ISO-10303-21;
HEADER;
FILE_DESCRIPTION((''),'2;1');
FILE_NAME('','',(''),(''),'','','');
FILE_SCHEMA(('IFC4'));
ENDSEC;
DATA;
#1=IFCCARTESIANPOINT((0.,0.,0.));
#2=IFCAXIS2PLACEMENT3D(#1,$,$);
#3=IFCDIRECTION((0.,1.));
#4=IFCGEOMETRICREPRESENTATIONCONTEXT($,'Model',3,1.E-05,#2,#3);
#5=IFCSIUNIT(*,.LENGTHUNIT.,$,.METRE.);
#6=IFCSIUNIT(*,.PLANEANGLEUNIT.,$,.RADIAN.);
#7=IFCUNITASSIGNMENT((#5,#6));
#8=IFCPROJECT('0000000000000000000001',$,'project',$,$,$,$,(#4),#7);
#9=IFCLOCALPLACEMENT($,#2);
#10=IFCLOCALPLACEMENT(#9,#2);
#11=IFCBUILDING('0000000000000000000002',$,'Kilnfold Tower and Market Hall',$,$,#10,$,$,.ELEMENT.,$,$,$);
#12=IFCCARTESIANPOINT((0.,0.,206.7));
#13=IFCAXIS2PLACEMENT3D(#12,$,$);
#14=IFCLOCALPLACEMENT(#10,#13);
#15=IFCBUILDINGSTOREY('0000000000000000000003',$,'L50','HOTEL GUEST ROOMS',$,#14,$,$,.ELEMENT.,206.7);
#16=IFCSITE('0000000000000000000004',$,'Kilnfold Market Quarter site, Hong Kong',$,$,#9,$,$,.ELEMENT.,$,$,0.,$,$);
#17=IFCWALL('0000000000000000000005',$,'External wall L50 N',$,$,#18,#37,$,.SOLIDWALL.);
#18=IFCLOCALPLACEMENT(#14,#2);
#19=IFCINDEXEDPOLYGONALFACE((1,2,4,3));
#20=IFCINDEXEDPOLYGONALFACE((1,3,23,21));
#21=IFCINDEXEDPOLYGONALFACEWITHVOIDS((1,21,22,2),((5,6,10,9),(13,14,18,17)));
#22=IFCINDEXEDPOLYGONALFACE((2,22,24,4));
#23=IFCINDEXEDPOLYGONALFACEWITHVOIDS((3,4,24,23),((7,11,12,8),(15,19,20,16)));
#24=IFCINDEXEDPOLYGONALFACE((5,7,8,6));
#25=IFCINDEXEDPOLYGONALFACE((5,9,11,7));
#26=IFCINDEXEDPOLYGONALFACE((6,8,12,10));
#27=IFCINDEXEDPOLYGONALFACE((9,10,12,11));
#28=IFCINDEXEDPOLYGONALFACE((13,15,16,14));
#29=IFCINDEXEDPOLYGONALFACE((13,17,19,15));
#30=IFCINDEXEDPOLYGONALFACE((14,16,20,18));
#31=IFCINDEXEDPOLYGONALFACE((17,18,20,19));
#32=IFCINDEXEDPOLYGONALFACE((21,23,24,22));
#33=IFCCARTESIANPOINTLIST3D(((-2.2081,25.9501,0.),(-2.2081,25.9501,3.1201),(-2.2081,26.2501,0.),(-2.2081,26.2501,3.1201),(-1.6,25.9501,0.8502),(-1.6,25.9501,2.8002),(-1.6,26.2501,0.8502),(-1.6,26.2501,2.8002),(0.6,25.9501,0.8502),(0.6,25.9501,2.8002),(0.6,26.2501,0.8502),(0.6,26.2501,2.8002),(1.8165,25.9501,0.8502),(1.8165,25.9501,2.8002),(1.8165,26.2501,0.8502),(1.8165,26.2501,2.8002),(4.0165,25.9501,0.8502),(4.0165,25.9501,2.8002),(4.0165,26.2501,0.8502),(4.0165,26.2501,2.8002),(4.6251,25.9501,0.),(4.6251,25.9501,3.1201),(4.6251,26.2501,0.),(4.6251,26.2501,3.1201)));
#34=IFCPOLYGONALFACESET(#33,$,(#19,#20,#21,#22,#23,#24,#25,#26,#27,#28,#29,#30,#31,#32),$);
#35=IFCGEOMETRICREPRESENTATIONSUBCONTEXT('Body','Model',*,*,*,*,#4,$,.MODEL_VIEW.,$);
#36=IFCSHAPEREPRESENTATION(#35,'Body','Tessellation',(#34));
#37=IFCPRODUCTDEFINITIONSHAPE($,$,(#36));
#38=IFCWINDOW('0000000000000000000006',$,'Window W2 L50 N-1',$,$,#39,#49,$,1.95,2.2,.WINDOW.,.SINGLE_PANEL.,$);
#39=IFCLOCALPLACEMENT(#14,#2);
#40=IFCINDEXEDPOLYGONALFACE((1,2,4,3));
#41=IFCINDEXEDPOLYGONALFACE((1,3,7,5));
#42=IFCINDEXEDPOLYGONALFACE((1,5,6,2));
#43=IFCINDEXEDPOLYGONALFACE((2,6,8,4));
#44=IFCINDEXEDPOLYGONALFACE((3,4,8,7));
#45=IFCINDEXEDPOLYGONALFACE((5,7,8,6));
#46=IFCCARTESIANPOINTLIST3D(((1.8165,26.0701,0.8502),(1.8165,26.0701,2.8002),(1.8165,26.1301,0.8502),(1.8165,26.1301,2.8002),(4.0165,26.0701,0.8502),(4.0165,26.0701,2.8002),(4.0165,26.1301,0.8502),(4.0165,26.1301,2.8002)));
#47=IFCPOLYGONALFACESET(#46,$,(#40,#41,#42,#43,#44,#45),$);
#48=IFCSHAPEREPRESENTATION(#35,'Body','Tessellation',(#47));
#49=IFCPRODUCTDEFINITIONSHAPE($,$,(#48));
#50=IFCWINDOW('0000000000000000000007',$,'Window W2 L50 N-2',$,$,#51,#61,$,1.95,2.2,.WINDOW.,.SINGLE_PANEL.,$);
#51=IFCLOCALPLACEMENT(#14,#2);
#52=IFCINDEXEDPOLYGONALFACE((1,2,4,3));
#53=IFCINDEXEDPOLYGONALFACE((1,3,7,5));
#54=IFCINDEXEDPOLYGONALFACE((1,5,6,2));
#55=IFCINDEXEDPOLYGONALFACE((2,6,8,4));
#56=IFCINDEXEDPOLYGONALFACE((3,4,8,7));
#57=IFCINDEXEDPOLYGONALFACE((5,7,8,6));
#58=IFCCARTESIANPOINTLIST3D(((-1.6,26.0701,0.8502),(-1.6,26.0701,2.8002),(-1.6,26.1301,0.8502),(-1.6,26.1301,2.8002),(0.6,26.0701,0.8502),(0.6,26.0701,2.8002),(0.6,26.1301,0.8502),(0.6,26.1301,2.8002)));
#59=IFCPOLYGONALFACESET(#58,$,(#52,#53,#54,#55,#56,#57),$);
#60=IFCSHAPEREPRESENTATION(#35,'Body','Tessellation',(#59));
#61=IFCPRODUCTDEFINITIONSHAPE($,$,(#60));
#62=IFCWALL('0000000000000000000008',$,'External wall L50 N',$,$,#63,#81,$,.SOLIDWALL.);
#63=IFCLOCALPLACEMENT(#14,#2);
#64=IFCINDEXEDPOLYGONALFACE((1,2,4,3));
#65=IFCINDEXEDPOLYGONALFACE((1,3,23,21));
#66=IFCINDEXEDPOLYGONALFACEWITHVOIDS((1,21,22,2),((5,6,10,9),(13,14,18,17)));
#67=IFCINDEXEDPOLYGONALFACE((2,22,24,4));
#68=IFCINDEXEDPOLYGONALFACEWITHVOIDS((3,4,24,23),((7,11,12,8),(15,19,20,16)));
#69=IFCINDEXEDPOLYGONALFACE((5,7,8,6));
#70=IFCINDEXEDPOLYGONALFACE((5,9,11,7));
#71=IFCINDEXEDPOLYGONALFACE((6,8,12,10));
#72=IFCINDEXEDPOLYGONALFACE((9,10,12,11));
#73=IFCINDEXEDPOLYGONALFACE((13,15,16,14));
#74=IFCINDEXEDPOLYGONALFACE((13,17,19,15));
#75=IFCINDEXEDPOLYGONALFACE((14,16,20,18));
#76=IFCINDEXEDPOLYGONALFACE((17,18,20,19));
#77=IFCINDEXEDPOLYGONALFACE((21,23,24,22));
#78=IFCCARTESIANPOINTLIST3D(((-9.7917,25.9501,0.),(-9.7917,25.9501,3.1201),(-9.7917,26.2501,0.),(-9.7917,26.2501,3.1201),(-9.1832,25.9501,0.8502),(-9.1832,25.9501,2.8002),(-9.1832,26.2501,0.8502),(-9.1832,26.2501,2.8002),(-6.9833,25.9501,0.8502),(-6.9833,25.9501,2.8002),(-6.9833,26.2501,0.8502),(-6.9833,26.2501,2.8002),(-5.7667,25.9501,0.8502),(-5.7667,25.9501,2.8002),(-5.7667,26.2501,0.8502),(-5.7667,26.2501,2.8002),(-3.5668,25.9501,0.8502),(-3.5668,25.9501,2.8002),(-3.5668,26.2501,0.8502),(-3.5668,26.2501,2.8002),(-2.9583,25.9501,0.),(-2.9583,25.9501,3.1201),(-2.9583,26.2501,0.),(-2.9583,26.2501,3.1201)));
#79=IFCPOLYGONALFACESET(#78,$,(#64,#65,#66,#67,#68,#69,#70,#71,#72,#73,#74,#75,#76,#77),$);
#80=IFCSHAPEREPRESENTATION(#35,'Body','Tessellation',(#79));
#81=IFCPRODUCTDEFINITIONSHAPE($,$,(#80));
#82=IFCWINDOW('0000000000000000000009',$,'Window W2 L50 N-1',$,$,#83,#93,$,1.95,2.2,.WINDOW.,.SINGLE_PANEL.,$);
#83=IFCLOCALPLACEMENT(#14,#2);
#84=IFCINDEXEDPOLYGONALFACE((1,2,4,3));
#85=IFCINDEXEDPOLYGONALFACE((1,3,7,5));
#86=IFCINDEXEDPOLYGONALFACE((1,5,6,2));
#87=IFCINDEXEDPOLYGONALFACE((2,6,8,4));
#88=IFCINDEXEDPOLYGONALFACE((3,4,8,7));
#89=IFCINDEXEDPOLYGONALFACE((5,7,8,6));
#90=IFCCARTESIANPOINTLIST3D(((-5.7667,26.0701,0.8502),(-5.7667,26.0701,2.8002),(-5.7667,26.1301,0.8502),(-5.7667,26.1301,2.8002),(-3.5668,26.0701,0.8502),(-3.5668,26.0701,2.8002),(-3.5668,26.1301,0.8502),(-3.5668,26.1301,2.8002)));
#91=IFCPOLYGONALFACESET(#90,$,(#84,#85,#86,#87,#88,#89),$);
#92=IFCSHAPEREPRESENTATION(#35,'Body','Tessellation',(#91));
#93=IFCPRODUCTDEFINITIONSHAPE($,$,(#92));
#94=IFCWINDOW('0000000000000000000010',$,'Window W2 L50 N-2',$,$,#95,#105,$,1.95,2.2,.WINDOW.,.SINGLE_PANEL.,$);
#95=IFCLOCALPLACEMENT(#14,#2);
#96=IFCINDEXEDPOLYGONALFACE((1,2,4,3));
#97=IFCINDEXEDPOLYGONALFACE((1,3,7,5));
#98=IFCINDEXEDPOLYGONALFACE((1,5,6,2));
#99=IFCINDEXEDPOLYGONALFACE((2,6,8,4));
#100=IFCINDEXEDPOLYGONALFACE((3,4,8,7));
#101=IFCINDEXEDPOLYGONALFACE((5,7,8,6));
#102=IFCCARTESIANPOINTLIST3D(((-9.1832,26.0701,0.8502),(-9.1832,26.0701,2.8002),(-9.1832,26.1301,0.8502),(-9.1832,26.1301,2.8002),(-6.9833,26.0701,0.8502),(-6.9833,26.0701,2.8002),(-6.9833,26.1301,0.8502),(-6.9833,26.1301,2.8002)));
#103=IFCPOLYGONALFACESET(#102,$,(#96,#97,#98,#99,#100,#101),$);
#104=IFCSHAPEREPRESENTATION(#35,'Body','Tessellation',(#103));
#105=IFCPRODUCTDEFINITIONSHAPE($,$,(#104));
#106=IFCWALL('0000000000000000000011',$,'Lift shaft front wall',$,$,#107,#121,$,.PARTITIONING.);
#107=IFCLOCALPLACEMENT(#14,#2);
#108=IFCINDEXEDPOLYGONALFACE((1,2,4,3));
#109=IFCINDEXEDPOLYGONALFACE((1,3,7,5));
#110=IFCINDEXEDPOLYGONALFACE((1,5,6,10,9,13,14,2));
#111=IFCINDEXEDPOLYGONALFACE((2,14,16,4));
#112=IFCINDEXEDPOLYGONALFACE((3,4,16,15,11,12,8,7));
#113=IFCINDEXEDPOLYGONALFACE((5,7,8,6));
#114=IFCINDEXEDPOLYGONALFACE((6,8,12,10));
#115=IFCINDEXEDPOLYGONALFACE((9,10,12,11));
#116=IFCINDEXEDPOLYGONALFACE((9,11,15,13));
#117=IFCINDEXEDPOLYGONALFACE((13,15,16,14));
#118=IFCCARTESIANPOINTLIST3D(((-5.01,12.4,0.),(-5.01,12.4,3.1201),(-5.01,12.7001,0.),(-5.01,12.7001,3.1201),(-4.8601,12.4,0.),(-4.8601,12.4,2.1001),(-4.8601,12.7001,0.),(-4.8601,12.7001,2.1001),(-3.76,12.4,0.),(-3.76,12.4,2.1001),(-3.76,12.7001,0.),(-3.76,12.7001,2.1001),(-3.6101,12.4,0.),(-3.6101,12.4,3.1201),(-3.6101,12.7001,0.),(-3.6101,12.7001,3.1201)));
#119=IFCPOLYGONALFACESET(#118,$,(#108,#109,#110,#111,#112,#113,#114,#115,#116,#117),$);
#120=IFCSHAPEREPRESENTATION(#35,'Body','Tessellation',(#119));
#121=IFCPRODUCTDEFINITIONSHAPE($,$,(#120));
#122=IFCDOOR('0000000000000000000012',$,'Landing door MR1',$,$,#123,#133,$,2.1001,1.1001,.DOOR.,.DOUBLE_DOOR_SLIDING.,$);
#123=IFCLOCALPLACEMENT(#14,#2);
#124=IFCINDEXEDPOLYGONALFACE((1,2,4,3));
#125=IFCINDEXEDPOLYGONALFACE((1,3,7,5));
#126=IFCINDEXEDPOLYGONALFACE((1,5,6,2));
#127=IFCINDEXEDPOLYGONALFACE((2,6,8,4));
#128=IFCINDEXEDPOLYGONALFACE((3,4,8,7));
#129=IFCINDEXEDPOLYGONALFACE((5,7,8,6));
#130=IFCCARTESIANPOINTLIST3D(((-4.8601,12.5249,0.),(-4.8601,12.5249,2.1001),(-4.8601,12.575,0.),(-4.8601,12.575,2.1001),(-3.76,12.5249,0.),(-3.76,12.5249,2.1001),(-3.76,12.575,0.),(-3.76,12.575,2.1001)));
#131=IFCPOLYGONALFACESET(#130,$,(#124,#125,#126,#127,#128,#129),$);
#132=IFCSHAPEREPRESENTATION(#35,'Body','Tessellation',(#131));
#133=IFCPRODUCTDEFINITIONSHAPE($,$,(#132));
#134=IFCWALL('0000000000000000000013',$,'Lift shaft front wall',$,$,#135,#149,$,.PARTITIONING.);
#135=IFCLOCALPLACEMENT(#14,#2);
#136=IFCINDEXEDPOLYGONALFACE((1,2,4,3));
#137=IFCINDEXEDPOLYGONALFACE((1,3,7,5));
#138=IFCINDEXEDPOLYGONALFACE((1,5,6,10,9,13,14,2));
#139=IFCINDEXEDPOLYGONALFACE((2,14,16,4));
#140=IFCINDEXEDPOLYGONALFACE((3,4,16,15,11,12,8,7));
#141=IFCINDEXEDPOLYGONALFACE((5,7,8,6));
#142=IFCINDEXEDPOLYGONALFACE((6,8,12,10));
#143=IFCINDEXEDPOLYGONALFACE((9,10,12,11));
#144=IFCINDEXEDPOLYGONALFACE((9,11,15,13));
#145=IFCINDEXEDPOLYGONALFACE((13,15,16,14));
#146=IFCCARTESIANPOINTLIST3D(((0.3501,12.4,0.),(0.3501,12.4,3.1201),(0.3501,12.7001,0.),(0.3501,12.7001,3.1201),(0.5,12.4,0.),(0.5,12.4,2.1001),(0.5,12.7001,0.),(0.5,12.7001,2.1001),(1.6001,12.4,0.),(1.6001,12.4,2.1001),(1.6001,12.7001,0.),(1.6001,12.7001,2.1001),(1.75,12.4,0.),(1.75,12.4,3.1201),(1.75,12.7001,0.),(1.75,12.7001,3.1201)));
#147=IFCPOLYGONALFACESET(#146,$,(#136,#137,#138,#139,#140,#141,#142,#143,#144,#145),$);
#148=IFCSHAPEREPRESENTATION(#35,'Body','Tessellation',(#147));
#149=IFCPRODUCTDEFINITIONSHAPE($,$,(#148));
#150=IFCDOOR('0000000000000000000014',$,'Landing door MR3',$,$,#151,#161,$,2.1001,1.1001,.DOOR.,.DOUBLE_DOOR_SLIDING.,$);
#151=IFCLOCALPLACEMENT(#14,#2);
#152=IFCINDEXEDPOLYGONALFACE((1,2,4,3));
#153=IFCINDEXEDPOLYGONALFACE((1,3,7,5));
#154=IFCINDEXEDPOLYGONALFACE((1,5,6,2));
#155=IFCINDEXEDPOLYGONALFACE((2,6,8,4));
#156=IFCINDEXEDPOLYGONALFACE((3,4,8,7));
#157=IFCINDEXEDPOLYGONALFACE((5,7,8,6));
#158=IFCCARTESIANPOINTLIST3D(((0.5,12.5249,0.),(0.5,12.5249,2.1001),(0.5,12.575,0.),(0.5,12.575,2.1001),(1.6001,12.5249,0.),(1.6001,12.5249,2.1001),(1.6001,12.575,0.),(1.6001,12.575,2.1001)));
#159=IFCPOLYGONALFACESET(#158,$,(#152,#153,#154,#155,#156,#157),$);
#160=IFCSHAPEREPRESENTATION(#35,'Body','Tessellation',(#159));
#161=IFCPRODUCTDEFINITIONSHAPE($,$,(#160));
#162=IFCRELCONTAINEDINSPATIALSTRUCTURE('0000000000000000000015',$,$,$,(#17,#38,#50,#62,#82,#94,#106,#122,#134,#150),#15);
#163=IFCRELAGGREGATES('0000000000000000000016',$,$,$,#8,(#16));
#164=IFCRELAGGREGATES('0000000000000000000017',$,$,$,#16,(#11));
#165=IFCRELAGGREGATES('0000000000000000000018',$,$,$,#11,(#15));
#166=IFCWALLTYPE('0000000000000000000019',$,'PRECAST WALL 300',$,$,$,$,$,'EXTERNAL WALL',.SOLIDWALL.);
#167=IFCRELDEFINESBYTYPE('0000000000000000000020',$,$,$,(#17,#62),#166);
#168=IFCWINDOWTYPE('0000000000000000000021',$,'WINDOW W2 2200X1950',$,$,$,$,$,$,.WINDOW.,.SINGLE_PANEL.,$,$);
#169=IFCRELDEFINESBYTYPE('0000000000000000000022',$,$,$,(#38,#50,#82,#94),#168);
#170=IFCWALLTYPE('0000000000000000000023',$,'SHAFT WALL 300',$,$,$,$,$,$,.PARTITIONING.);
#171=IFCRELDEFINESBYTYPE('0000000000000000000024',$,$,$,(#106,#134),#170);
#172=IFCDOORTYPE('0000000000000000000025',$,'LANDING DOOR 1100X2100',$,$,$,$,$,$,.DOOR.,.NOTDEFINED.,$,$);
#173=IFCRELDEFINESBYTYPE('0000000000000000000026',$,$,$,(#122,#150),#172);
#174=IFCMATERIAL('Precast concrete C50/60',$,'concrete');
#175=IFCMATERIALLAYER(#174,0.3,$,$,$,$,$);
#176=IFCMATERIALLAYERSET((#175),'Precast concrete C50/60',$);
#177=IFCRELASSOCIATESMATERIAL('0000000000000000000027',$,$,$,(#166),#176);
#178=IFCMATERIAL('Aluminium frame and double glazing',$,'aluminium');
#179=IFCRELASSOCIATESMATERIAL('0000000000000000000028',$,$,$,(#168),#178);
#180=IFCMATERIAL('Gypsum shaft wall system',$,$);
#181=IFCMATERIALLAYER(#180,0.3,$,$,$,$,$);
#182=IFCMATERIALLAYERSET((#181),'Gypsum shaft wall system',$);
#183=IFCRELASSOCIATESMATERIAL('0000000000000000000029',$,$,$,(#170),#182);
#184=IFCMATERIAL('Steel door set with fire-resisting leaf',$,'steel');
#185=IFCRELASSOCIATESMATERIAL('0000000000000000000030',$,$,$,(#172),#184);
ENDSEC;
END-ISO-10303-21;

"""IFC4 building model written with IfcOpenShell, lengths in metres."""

from ifc_helpers import new_model, si_unit, direction, frame, frame_2d, origin, place, context, subcontext, project, spatial, rectangle, extrude, source, transform, mapped, material, layer, layer_set, type_object, element, fill, save


model = new_model("IFC4")

# Units and contexts
model_context = context("Model", 3, precision=1e-05, world=origin(), true_north=direction((0.0, 1.0)))
body_context = subcontext(model_context, "Body", "Model", "MODEL_VIEW")
ifc_project = project(units=[si_unit("LENGTHUNIT", "METRE"), si_unit("PLANEANGLEUNIT", "RADIAN")], contexts=[model_context])

# Site, building, storey
site_placement = place(None, origin())
site = spatial("IfcSite", under=ifc_project, at=site_placement, Name="Kilnfold Market Quarter site, Hong Kong", CompositionType="ELEMENT", RefElevation=0.0)
building_placement = place(site_placement, origin())
building = spatial("IfcBuilding", under=site, at=building_placement, Name="Kilnfold Tower and Market Hall", CompositionType="ELEMENT")
storey_placement = place(building_placement, frame((0.0, 0.0, 206.7)))
storey = spatial("IfcBuildingStorey", under=building, at=storey_placement, Name="L50", Description="HOTEL GUEST ROOMS", CompositionType="ELEMENT", Elevation=206.7)

# Walls, openings, windows
ifc_material_1 = material(Name="Precast concrete C50/60", Category="concrete")
ifc_layer_1 = layer(ifc_material_1, 0.3)
ifc_layer_set_1 = layer_set([ifc_layer_1], Name="Precast concrete C50/60")
wall_type_1 = type_object("IfcWallType", Name="PRECAST WALL 300", ElementType="EXTERNAL WALL", PredefinedType="SOLIDWALL", material=ifc_layer_set_1)
shared_shape_1 = source(origin(), body_context, "Body", "SweptSolid", [
    extrude(rectangle(XDim=6.8333, YDim=0.3, at=frame_2d((3.4165, 0.0))), origin(), (0.0, 0.0, 1.0), 3.1201),
])
wall_1_placement = place(storey_placement, frame((4.625, 26.1001, 0.0), z_axis=(0.0, 0.0, 1.0), x_axis=(-1.0, 0.0, 0.0)))
wall_1 = element("IfcWall", 1, at=wall_1_placement, inside=storey, type_object=wall_type_1, Name="External wall L50 N", PredefinedType="SOLIDWALL", context=body_context, shape_type="MappedRepresentation", body=[
    mapped(shared_shape_1, transform((0.0, 0.0, 0.0))),
])
opening_1_placement = place(wall_1_placement, frame((0.6084, 0.0, 0.8501)))
opening_1 = element("IfcOpeningElement", 2, at=opening_1_placement, cuts=wall_1, PredefinedType="OPENING", context=body_context, shape_type="SweptSolid", body=[
    extrude(rectangle(XDim=2.2, YDim=1.95, at=frame_2d((1.1001, 0.9751))), frame((0.0, 0.1602, 0.0), z_axis=(0.0, -1.0, 0.0), x_axis=(1.0, 0.0, 0.0)), (0.0, 0.0, 1.0), 0.3201),
])
opening_2_placement = place(wall_1_placement, frame((4.0249, 0.0, 0.8501)))
opening_2 = element("IfcOpeningElement", 3, at=opening_2_placement, cuts=wall_1, PredefinedType="OPENING", context=body_context, shape_type="SweptSolid", body=[
    extrude(rectangle(XDim=2.2, YDim=1.95, at=frame_2d((1.1001, 0.9751))), frame((0.0, 0.1602, 0.0), z_axis=(0.0, -1.0, 0.0), x_axis=(1.0, 0.0, 0.0)), (0.0, 0.0, 1.0), 0.3201),
])
ifc_material_2 = material(Name="Aluminium frame and double glazing", Category="aluminium")
window_type = type_object("IfcWindowType", Name="WINDOW W2 2200X1950", PartitioningType="SINGLE_PANEL", PredefinedType="WINDOW", material=ifc_material_2)
window_1_placement = place(opening_1_placement, origin())
window_1 = element("IfcWindow", 4, at=window_1_placement, inside=storey, type_object=window_type, Name="Window W2 L50 N-1", OverallHeight=1.95, OverallWidth=2.2, PartitioningType="SINGLE_PANEL", PredefinedType="WINDOW", context=body_context, shape_type="SweptSolid", body=[
    extrude(rectangle(XDim=2.2, YDim=1.95, at=frame_2d((1.1001, 0.9751))), frame((0.0, 0.03, 0.0), z_axis=(0.0, -1.0, 0.0), x_axis=(1.0, 0.0, 0.0)), (0.0, 0.0, 1.0), 0.0601),
])
fill(opening_1, window_1)
window_2_placement = place(opening_2_placement, origin())
window_2 = element("IfcWindow", 5, at=window_2_placement, inside=storey, type_object=window_type, Name="Window W2 L50 N-2", OverallHeight=1.95, OverallWidth=2.2, PartitioningType="SINGLE_PANEL", PredefinedType="WINDOW", context=body_context, shape_type="SweptSolid", body=[
    extrude(rectangle(XDim=2.2, YDim=1.95, at=frame_2d((1.1001, 0.9751))), frame((0.0, 0.03, 0.0), z_axis=(0.0, -1.0, 0.0), x_axis=(1.0, 0.0, 0.0)), (0.0, 0.0, 1.0), 0.0601),
])
fill(opening_2, window_2)
shared_shape_2 = source(origin(), body_context, "Body", "SweptSolid", [
    extrude(rectangle(XDim=6.8335, YDim=0.3, at=frame_2d((3.4167, 0.0))), origin(), (0.0, 0.0, 1.0), 3.1201),
])
wall_2_placement = place(storey_placement, frame((-2.9583, 26.1001, 0.0), z_axis=(0.0, 0.0, 1.0), x_axis=(-1.0, 0.0, 0.0)))
wall_2 = element("IfcWall", 6, at=wall_2_placement, inside=storey, type_object=wall_type_1, Name="External wall L50 N", PredefinedType="SOLIDWALL", context=body_context, shape_type="MappedRepresentation", body=[
    mapped(shared_shape_2, transform((0.0, 0.0, 0.0))),
])
opening_3_placement = place(wall_2_placement, frame((0.6084, 0.0, 0.8501)))
opening_3 = element("IfcOpeningElement", 7, at=opening_3_placement, cuts=wall_2, PredefinedType="OPENING", context=body_context, shape_type="SweptSolid", body=[
    extrude(rectangle(XDim=2.2, YDim=1.95, at=frame_2d((1.1001, 0.9751))), frame((0.0, 0.1602, 0.0), z_axis=(0.0, -1.0, 0.0), x_axis=(1.0, 0.0, 0.0)), (0.0, 0.0, 1.0), 0.3201),
])
opening_4_placement = place(wall_2_placement, frame((4.0249, 0.0, 0.8501)))
opening_4 = element("IfcOpeningElement", 8, at=opening_4_placement, cuts=wall_2, PredefinedType="OPENING", context=body_context, shape_type="SweptSolid", body=[
    extrude(rectangle(XDim=2.2, YDim=1.95, at=frame_2d((1.1001, 0.9751))), frame((0.0, 0.1602, 0.0), z_axis=(0.0, -1.0, 0.0), x_axis=(1.0, 0.0, 0.0)), (0.0, 0.0, 1.0), 0.3201),
])
window_3_placement = place(opening_3_placement, origin())
window_3 = element("IfcWindow", 9, at=window_3_placement, inside=storey, type_object=window_type, Name="Window W2 L50 N-1", OverallHeight=1.95, OverallWidth=2.2, PartitioningType="SINGLE_PANEL", PredefinedType="WINDOW", context=body_context, shape_type="SweptSolid", body=[
    extrude(rectangle(XDim=2.2, YDim=1.95, at=frame_2d((1.1001, 0.9751))), frame((0.0, 0.03, 0.0), z_axis=(0.0, -1.0, 0.0), x_axis=(1.0, 0.0, 0.0)), (0.0, 0.0, 1.0), 0.0601),
])
fill(opening_3, window_3)
window_4_placement = place(opening_4_placement, origin())
window_4 = element("IfcWindow", 10, at=window_4_placement, inside=storey, type_object=window_type, Name="Window W2 L50 N-2", OverallHeight=1.95, OverallWidth=2.2, PartitioningType="SINGLE_PANEL", PredefinedType="WINDOW", context=body_context, shape_type="SweptSolid", body=[
    extrude(rectangle(XDim=2.2, YDim=1.95, at=frame_2d((1.1001, 0.9751))), frame((0.0, 0.03, 0.0), z_axis=(0.0, -1.0, 0.0), x_axis=(1.0, 0.0, 0.0)), (0.0, 0.0, 1.0), 0.0601),
])
fill(opening_4, window_4)

# Walls, openings, doors
ifc_material_3 = material(Name="Gypsum shaft wall system")
ifc_layer_2 = layer(ifc_material_3, 0.3)
ifc_layer_set_2 = layer_set([ifc_layer_2], Name="Gypsum shaft wall system")
wall_type_2 = type_object("IfcWallType", Name="SHAFT WALL 300", PredefinedType="PARTITIONING", material=ifc_layer_set_2)
shared_shape_3 = source(origin(), body_context, "Body", "SweptSolid", [
    extrude(rectangle(XDim=1.3999, YDim=0.3, at=frame_2d((0.7, 0.0))), origin(), (0.0, 0.0, 1.0), 3.1201),
])
wall_3_placement = place(storey_placement, frame((-5.01, 12.55, 0.0), z_axis=(0.0, 0.0, 1.0), x_axis=(1.0, 0.0, 0.0)))
wall_3 = element("IfcWall", 11, at=wall_3_placement, inside=storey, type_object=wall_type_2, Name="Lift shaft front wall", PredefinedType="PARTITIONING", context=body_context, shape_type="MappedRepresentation", body=[
    mapped(shared_shape_3, transform((0.0, 0.0, 0.0))),
])
opening_5_placement = place(wall_3_placement, frame((0.1499, 0.0, 0.0)))
opening_5 = element("IfcOpeningElement", 12, at=opening_5_placement, cuts=wall_3, PredefinedType="OPENING", context=body_context, shape_type="SweptSolid", body=[
    extrude(rectangle(XDim=1.1001, YDim=2.1001, at=frame_2d((0.55, 1.05))), frame((0.0, 0.1602, 0.0), z_axis=(0.0, -1.0, 0.0), x_axis=(1.0, 0.0, 0.0)), (0.0, 0.0, 1.0), 0.3201),
])
ifc_material_4 = material(Name="Steel door set with fire-resisting leaf", Category="steel")
door_type = type_object("IfcDoorType", Name="LANDING DOOR 1100X2100", OperationType="NOTDEFINED", PredefinedType="DOOR", material=ifc_material_4)
door_1_placement = place(opening_5_placement, origin())
door_1 = element("IfcDoor", 13, at=door_1_placement, inside=storey, type_object=door_type, Name="Landing door MR1", OperationType="DOUBLE_DOOR_SLIDING", OverallHeight=2.1001, OverallWidth=1.1001, PredefinedType="DOOR", context=body_context, shape_type="SweptSolid", body=[
    extrude(rectangle(XDim=1.1001, YDim=2.1001, at=frame_2d((0.55, 1.05))), frame((0.0, 0.0249, 0.0), z_axis=(0.0, -1.0, 0.0), x_axis=(1.0, 0.0, 0.0)), (0.0, 0.0, 1.0), 0.05),
])
fill(opening_5, door_1)
wall_4_placement = place(storey_placement, frame((0.3501, 12.55, 0.0), z_axis=(0.0, 0.0, 1.0), x_axis=(1.0, 0.0, 0.0)))
wall_4 = element("IfcWall", 14, at=wall_4_placement, inside=storey, type_object=wall_type_2, Name="Lift shaft front wall", PredefinedType="PARTITIONING", context=body_context, shape_type="MappedRepresentation", body=[
    mapped(shared_shape_3, transform((0.0, 0.0, 0.0))),
])
opening_6_placement = place(wall_4_placement, frame((0.1499, 0.0, 0.0)))
opening_6 = element("IfcOpeningElement", 15, at=opening_6_placement, cuts=wall_4, PredefinedType="OPENING", context=body_context, shape_type="SweptSolid", body=[
    extrude(rectangle(XDim=1.1001, YDim=2.1001, at=frame_2d((0.55, 1.05))), frame((0.0, 0.1602, 0.0), z_axis=(0.0, -1.0, 0.0), x_axis=(1.0, 0.0, 0.0)), (0.0, 0.0, 1.0), 0.3201),
])
door_2_placement = place(opening_6_placement, origin())
door_2 = element("IfcDoor", 16, at=door_2_placement, inside=storey, type_object=door_type, Name="Landing door MR3", OperationType="DOUBLE_DOOR_SLIDING", OverallHeight=2.1001, OverallWidth=1.1001, PredefinedType="DOOR", context=body_context, shape_type="SweptSolid", body=[
    extrude(rectangle(XDim=1.1001, YDim=2.1001, at=frame_2d((0.55, 1.05))), frame((0.0, 0.0249, 0.0), z_axis=(0.0, -1.0, 0.0), x_axis=(1.0, 0.0, 0.0)), (0.0, 0.0, 1.0), 0.05),
])
fill(opening_6, door_2)

save(model, "model.ifc")
